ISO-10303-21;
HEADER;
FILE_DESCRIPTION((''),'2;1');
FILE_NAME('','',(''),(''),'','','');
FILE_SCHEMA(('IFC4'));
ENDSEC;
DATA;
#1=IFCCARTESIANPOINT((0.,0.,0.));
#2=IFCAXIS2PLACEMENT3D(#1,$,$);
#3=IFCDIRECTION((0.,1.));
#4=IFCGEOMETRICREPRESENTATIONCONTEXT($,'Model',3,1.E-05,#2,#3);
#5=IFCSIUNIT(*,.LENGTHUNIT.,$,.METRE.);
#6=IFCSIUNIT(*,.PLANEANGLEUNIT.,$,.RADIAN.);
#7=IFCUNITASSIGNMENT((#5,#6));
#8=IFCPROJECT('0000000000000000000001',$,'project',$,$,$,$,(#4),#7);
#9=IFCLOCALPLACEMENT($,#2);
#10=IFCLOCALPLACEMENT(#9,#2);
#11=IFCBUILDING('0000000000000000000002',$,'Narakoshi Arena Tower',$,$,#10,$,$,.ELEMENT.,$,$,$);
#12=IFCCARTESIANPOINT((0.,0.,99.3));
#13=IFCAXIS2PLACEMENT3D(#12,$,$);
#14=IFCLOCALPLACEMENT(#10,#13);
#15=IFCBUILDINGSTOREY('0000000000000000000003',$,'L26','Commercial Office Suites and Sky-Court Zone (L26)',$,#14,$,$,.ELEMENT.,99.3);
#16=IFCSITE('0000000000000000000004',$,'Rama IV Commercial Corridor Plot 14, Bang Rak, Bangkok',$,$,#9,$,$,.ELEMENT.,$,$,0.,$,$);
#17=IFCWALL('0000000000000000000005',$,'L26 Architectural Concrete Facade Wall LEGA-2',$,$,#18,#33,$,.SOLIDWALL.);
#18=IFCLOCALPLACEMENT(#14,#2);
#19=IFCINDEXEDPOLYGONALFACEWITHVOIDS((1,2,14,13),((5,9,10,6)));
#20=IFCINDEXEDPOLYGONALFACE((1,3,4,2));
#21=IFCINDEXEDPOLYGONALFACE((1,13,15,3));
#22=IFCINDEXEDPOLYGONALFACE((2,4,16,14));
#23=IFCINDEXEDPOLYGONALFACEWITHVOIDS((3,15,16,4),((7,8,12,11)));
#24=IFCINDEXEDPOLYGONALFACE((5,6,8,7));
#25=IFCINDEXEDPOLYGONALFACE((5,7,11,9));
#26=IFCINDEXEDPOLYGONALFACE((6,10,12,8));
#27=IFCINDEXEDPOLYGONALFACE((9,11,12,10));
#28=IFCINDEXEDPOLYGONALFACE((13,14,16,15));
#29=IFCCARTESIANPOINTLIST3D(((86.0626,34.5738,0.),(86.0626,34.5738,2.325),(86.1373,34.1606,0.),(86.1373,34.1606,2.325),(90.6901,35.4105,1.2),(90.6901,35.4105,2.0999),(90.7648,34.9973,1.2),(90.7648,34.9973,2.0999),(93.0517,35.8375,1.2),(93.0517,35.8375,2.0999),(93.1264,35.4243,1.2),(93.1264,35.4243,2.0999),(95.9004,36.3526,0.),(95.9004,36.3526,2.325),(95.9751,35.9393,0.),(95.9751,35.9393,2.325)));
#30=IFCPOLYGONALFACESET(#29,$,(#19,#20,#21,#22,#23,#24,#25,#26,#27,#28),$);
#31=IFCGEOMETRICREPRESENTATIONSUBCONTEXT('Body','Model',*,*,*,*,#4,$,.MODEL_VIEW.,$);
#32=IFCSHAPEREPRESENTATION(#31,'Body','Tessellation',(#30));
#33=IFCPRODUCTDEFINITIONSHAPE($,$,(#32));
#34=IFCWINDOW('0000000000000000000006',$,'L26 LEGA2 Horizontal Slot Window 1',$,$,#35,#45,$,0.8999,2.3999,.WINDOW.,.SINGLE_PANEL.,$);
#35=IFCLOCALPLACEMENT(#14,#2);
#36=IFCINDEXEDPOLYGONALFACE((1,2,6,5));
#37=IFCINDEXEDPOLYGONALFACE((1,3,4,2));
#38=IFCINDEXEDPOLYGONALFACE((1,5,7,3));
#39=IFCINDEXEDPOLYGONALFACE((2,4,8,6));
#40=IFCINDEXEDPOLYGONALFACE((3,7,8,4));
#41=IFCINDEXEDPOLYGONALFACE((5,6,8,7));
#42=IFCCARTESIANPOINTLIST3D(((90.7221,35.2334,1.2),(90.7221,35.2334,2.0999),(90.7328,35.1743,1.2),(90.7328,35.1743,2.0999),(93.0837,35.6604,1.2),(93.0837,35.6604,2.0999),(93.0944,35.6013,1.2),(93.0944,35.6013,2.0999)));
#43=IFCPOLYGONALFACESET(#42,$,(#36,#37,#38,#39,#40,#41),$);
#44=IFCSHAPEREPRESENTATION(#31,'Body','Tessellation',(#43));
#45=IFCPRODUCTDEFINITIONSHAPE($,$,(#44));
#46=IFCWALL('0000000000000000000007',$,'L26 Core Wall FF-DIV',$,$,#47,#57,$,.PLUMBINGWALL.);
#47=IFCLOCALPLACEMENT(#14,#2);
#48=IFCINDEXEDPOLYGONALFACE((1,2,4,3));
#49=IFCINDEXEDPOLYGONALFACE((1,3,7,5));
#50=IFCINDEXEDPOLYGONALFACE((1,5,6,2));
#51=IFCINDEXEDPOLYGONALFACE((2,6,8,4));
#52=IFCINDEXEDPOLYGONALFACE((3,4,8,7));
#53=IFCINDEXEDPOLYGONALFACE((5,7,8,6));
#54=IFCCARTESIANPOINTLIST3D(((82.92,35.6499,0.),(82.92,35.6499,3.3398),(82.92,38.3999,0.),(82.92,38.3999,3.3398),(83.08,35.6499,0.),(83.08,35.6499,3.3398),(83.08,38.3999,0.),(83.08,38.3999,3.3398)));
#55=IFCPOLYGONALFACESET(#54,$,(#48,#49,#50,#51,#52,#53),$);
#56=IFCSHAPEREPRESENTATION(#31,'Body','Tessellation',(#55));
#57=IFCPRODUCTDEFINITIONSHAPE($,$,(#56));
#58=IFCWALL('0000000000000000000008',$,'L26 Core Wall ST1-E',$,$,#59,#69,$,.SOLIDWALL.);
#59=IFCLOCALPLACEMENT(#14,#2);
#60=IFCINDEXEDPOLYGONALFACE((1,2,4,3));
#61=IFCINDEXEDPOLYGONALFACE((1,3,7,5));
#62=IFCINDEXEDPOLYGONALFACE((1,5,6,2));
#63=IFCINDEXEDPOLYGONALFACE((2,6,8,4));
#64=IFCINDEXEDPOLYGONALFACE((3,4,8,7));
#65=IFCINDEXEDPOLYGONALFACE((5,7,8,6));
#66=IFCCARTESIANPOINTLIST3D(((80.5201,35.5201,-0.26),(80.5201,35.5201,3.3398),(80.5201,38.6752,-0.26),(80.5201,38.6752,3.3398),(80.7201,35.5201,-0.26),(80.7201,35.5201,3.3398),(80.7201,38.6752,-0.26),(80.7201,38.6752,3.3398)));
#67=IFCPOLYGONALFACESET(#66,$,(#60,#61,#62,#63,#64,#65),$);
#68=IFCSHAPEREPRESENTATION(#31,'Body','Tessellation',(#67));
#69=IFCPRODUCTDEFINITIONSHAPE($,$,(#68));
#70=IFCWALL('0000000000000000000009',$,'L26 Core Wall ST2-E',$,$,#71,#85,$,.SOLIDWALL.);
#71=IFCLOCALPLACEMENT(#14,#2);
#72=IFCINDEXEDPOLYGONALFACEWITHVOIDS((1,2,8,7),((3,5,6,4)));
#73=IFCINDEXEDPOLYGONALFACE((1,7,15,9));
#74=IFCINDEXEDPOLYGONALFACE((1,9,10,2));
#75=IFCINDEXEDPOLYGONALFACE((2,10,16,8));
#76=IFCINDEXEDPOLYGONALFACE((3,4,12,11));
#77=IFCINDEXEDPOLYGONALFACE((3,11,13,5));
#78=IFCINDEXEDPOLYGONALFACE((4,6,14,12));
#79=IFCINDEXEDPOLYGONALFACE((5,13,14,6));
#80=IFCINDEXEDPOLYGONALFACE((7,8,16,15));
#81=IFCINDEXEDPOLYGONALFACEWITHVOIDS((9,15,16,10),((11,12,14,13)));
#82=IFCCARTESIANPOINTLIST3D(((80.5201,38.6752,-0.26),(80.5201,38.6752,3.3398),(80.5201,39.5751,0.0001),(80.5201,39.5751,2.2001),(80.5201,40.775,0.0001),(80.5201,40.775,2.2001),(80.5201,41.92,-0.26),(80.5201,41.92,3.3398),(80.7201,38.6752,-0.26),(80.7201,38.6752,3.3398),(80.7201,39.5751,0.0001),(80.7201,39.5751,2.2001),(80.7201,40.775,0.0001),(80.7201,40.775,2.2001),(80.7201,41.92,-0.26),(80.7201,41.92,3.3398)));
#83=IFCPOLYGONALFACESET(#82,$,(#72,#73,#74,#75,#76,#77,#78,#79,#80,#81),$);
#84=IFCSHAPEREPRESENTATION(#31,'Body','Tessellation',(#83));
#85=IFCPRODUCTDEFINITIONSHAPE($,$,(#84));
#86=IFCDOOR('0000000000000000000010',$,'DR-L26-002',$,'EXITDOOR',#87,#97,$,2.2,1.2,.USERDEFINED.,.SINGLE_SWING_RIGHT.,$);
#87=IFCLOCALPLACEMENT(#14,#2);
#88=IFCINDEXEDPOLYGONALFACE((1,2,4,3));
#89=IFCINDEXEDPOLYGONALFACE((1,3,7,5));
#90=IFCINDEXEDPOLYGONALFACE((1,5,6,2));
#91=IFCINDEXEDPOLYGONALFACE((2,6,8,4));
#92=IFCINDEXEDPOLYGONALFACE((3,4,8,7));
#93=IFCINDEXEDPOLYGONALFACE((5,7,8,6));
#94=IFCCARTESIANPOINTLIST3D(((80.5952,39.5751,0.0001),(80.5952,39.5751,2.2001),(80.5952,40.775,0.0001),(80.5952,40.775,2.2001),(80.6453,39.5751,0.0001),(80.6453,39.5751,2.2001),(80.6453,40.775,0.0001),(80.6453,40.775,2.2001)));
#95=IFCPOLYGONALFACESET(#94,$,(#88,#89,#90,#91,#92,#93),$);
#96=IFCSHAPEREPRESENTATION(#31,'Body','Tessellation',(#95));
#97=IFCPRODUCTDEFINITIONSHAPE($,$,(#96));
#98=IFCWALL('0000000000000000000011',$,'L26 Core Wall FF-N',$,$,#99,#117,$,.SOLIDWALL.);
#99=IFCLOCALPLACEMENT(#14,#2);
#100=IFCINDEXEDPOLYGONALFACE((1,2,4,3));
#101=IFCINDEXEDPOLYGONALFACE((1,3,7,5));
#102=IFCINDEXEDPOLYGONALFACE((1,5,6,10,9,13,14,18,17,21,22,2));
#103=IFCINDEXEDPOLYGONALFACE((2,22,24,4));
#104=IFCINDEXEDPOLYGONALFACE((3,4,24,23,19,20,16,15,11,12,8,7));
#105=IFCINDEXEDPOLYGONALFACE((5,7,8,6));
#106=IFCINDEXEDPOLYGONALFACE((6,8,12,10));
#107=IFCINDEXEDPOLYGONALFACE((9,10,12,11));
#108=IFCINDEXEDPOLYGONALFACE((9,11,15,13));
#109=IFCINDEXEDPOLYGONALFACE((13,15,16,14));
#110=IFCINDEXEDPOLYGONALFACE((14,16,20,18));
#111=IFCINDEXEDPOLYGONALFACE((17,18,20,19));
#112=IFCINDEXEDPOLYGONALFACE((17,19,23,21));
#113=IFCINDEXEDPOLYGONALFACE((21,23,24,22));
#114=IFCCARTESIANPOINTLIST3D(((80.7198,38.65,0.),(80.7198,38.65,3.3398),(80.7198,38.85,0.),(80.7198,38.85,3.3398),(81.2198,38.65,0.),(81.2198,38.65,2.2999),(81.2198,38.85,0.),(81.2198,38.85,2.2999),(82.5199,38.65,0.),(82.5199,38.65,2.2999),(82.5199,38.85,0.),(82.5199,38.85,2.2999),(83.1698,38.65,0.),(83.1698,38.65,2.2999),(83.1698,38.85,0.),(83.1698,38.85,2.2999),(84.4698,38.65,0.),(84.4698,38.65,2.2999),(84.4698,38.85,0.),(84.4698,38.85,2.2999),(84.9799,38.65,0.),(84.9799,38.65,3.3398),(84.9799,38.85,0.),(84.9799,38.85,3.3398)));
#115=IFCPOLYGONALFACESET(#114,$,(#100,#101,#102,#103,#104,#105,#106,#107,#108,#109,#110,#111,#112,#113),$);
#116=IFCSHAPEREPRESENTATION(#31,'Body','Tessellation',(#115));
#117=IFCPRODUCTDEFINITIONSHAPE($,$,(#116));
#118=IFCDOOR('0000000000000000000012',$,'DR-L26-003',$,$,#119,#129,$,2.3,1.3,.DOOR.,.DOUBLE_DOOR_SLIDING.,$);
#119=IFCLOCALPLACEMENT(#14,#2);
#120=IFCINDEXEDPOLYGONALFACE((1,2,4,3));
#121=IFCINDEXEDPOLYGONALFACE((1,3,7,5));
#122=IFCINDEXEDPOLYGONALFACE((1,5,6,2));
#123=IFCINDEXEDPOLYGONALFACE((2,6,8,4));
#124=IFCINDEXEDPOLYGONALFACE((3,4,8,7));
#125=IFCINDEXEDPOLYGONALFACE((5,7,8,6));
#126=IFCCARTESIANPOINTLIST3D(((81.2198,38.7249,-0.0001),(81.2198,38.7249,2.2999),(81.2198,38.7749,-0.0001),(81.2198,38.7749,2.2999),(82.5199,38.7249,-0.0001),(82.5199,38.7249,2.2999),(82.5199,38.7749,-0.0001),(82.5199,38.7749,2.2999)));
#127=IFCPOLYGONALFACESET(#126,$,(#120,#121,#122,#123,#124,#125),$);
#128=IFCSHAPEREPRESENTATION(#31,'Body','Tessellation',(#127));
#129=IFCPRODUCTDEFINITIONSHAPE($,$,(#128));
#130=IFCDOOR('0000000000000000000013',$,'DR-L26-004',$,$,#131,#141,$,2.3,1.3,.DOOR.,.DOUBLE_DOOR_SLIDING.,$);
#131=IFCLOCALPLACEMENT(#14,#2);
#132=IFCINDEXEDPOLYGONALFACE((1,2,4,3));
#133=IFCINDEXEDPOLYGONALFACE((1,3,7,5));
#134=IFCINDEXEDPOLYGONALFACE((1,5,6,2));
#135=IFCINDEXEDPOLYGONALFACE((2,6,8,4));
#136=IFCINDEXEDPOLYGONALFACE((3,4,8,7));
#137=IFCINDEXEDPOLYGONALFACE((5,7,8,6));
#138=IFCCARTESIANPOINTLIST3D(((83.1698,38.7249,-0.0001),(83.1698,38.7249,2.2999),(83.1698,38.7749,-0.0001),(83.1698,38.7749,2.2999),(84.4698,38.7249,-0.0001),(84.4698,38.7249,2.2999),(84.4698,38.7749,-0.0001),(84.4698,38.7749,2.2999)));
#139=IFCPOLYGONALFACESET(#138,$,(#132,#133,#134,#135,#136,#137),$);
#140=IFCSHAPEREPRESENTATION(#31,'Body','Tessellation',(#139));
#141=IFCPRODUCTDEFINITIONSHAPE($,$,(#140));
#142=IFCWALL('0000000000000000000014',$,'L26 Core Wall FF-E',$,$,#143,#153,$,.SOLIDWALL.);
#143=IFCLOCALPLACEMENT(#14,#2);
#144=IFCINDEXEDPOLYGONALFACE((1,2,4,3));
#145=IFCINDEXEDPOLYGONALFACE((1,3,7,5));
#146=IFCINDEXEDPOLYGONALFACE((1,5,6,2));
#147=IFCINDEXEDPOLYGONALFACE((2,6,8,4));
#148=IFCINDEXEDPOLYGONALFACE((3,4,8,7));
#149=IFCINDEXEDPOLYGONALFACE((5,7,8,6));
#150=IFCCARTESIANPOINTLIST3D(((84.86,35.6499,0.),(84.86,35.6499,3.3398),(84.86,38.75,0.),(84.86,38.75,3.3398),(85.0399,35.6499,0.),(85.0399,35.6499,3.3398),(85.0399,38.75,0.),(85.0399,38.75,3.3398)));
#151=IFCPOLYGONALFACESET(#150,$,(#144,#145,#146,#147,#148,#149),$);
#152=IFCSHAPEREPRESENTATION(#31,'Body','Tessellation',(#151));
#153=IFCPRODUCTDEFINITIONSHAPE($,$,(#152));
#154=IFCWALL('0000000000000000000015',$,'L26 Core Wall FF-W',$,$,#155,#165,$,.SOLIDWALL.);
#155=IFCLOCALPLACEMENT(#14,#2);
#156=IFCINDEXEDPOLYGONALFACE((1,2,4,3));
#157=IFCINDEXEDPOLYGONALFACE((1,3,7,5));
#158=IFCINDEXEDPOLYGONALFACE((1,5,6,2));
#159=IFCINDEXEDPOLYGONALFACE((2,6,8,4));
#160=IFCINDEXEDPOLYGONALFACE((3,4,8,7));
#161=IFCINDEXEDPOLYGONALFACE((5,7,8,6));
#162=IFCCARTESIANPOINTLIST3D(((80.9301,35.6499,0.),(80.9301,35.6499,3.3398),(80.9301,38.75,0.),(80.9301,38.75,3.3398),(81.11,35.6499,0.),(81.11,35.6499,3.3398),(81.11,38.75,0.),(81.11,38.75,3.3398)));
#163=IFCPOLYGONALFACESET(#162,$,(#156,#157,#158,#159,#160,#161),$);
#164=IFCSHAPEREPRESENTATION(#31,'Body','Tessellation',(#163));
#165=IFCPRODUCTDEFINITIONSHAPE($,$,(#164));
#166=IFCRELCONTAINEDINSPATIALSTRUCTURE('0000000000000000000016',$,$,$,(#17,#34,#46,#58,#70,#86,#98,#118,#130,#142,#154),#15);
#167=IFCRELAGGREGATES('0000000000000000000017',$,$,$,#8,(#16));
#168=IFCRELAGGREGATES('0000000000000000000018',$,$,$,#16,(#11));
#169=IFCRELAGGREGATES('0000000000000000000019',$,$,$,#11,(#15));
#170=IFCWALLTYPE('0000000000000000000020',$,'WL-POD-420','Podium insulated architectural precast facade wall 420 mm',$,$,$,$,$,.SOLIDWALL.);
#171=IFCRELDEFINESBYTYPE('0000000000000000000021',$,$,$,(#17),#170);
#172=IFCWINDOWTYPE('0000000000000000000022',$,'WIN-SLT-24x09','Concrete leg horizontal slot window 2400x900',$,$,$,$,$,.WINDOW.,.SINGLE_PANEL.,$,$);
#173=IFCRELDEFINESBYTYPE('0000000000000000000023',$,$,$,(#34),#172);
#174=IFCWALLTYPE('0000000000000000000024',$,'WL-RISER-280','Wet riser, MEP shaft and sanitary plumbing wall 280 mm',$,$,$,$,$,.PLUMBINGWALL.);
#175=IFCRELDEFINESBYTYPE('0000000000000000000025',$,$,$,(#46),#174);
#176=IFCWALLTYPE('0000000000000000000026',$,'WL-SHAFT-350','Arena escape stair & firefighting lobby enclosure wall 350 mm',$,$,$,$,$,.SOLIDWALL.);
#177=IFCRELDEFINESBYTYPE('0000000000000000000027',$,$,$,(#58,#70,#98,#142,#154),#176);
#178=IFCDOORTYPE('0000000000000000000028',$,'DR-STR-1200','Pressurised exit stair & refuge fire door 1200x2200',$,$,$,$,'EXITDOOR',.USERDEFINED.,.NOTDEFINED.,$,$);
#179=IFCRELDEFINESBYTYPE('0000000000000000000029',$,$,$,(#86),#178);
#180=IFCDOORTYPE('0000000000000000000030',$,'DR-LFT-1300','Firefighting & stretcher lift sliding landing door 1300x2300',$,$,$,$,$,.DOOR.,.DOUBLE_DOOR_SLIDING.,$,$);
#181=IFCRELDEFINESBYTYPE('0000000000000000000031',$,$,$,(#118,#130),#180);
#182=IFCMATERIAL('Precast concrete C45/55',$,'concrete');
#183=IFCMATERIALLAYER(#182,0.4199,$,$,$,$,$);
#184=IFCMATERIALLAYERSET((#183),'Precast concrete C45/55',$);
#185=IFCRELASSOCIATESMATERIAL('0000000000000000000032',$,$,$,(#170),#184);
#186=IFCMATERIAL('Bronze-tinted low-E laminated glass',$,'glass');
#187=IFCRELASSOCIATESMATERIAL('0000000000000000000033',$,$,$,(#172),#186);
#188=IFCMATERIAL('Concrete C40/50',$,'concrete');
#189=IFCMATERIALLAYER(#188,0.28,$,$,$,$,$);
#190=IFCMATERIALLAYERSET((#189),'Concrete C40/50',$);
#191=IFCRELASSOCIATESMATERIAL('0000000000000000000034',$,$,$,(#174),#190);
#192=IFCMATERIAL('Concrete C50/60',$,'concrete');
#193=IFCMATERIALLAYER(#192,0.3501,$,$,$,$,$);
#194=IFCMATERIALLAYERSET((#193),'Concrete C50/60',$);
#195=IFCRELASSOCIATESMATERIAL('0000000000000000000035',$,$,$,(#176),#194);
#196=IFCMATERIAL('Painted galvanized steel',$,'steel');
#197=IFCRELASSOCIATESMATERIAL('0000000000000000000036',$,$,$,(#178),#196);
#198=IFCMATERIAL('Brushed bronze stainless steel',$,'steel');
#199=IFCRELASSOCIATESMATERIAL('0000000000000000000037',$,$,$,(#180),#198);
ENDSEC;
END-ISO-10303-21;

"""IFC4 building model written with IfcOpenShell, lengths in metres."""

from ifc_helpers import new_model, si_unit, direction, frame, frame_2d, origin, place, context, subcontext, project, spatial, rectangle, extrude, material, layer, layer_set, type_object, element, fill, save


model = new_model("IFC4")

# Units and contexts
model_context = context("Model", 3, precision=1e-05, world=origin(), true_north=direction((0.0, 1.0)))
body_context = subcontext(model_context, "Body", "Model", "MODEL_VIEW")
ifc_project = project(units=[si_unit("LENGTHUNIT", "METRE"), si_unit("PLANEANGLEUNIT", "RADIAN")], contexts=[model_context])

# Site, building, storey
site_placement = place(None, origin())
site = spatial("IfcSite", under=ifc_project, at=site_placement, Name="Rama IV Commercial Corridor Plot 14, Bang Rak, Bangkok", CompositionType="ELEMENT", RefElevation=0.0)
building_placement = place(site_placement, origin())
building = spatial("IfcBuilding", under=site, at=building_placement, Name="Narakoshi Arena Tower", CompositionType="ELEMENT")
storey_placement = place(building_placement, frame((0.0, 0.0, 99.3)))
storey = spatial("IfcBuildingStorey", under=building, at=storey_placement, Name="L26", Description="Commercial Office Suites and Sky-Court Zone (L26)", CompositionType="ELEMENT", Elevation=99.3)

# Wall, opening, window
ifc_material_1 = material(Name="Precast concrete C45/55", Category="concrete")
ifc_layer_1 = layer(ifc_material_1, 0.4199)
ifc_layer_set_1 = layer_set([ifc_layer_1], Name="Precast concrete C45/55")
wall_type_1 = type_object("IfcWallType", Name="WL-POD-420", Description="Podium insulated architectural precast facade wall 420 mm", PredefinedType="SOLIDWALL", material=ifc_layer_set_1)
wall_1_placement = place(storey_placement, frame((86.1001, 34.3672, 0.0), z_axis=(0.0, 0.0, 1.0), x_axis=(0.984044, 0.177927, 0.0)))
wall_1 = element("IfcWall", 1, at=wall_1_placement, inside=storey, type_object=wall_type_1, Name="L26 Architectural Concrete Facade Wall LEGA-2", PredefinedType="SOLIDWALL", context=body_context, shape_type="SweptSolid", body=[
    extrude(rectangle(XDim=9.9973, YDim=0.4199, at=frame_2d((4.9985, 0.0))), origin(), (0.0, 0.0, 1.0), 2.325),
])
opening_1_placement = place(wall_1_placement, frame((4.7024, 0.0, 1.2)))
opening_1 = element("IfcOpeningElement", 2, at=opening_1_placement, cuts=wall_1, PredefinedType="OPENING", context=body_context, shape_type="SweptSolid", body=[
    extrude(rectangle(XDim=2.3999, YDim=0.8999, at=frame_2d((1.2, 0.45))), frame((0.0, 0.22, 0.0), z_axis=(0.0, -1.0, 0.0), x_axis=(1.0, 0.0, 0.0)), (0.0, 0.0, 1.0), 0.4399),
])
ifc_material_2 = material(Name="Bronze-tinted low-E laminated glass", Category="glass")
window_type = type_object("IfcWindowType", Name="WIN-SLT-24x09", Description="Concrete leg horizontal slot window 2400x900", PartitioningType="SINGLE_PANEL", PredefinedType="WINDOW", material=ifc_material_2)
window_placement = place(opening_1_placement, origin())
window = element("IfcWindow", 3, at=window_placement, inside=storey, type_object=window_type, Name="L26 LEGA2 Horizontal Slot Window 1", OverallHeight=0.8999, OverallWidth=2.3999, PartitioningType="SINGLE_PANEL", PredefinedType="WINDOW", context=body_context, shape_type="SweptSolid", body=[
    extrude(rectangle(XDim=2.3999, YDim=0.8999, at=frame_2d((1.2, 0.45))), frame((0.0, 0.03, 0.0), z_axis=(0.0, -1.0, 0.0), x_axis=(1.0, 0.0, 0.0)), (0.0, 0.0, 1.0), 0.0601),
])
fill(opening_1, window)

# Walls
ifc_material_3 = material(Name="Concrete C40/50", Category="concrete")
ifc_layer_2 = layer(ifc_material_3, 0.28)
ifc_layer_set_2 = layer_set([ifc_layer_2], Name="Concrete C40/50")
wall_type_2 = type_object("IfcWallType", Name="WL-RISER-280", Description="Wet riser, MEP shaft and sanitary plumbing wall 280 mm", PredefinedType="PLUMBINGWALL", material=ifc_layer_set_2)
wall_2_placement = place(storey_placement, frame((83.0, 35.6499, 0.0), z_axis=(0.0, 0.0, 1.0), x_axis=(0.0, 1.0, 0.0)))
element("IfcWall", 4, at=wall_2_placement, inside=storey, type_object=wall_type_2, Name="L26 Core Wall FF-DIV", PredefinedType="PLUMBINGWALL", context=body_context, shape_type="SweptSolid", body=[
    extrude(rectangle(XDim=2.75, YDim=0.1599, at=frame_2d((1.375, 0.0))), origin(), (0.0, 0.0, 1.0), 3.3398),
])
ifc_material_4 = material(Name="Concrete C50/60", Category="concrete")
ifc_layer_3 = layer(ifc_material_4, 0.3501)
ifc_layer_set_3 = layer_set([ifc_layer_3], Name="Concrete C50/60")
wall_type_3 = type_object("IfcWallType", Name="WL-SHAFT-350", Description="Arena escape stair & firefighting lobby enclosure wall 350 mm", PredefinedType="SOLIDWALL", material=ifc_layer_set_3)
wall_3_placement = place(storey_placement, frame((80.6201, 35.52, -0.26), z_axis=(0.0, 0.0, 1.0), x_axis=(0.0, 1.0, 0.0)))
element("IfcWall", 5, at=wall_3_placement, inside=storey, type_object=wall_type_3, Name="L26 Core Wall ST1-E", PredefinedType="SOLIDWALL", context=body_context, shape_type="SweptSolid", body=[
    extrude(rectangle(XDim=3.155, YDim=0.2, at=frame_2d((1.5776, 0.0))), origin(), (0.0, 0.0, 1.0), 3.5999),
])

# Wall, opening, door
wall_4_placement = place(storey_placement, frame((80.6201, 38.675, -0.26), z_axis=(0.0, 0.0, 1.0), x_axis=(0.0, 1.0, 0.0)))
wall_4 = element("IfcWall", 6, at=wall_4_placement, inside=storey, type_object=wall_type_3, Name="L26 Core Wall ST2-E", PredefinedType="SOLIDWALL", context=body_context, shape_type="SweptSolid", body=[
    extrude(rectangle(XDim=3.2449, YDim=0.2, at=frame_2d((1.6226, 0.0))), origin(), (0.0, 0.0, 1.0), 3.5999),
])
opening_2_placement = place(wall_4_placement, frame((0.8999, 0.0, 0.26)))
opening_2 = element("IfcOpeningElement", 7, at=opening_2_placement, cuts=wall_4, PredefinedType="OPENING", context=body_context, shape_type="SweptSolid", body=[
    extrude(rectangle(XDim=1.2, YDim=2.2, at=frame_2d((0.6001, 1.1001))), frame((0.0, 0.1099, 0.0), z_axis=(0.0, -1.0, 0.0), x_axis=(1.0, 0.0, 0.0)), (0.0, 0.0, 1.0), 0.22),
])
ifc_material_5 = material(Name="Painted galvanized steel", Category="steel")
door_type_1 = type_object("IfcDoorType", Name="DR-STR-1200", Description="Pressurised exit stair & refuge fire door 1200x2200", ElementType="EXITDOOR", OperationType="NOTDEFINED", PredefinedType="USERDEFINED", material=ifc_material_5)
door_1_placement = place(opening_2_placement, origin())
door_1 = element("IfcDoor", 8, at=door_1_placement, inside=storey, type_object=door_type_1, Name="DR-L26-002", ObjectType="EXITDOOR", OperationType="SINGLE_SWING_RIGHT", OverallHeight=2.2, OverallWidth=1.2, PredefinedType="USERDEFINED", context=body_context, shape_type="SweptSolid", body=[
    extrude(rectangle(XDim=1.2, YDim=2.2, at=frame_2d((0.6001, 1.1001))), frame((0.0, 0.0249, 0.0), z_axis=(0.0, -1.0, 0.0), x_axis=(1.0, 0.0, 0.0)), (0.0, 0.0, 1.0), 0.05),
])
fill(opening_2, door_1)

# Wall, openings, doors
wall_5_placement = place(storey_placement, frame((80.72, 38.75, 0.0), z_axis=(0.0, 0.0, 1.0), x_axis=(1.0, 0.0, 0.0)))
wall_5 = element("IfcWall", 9, at=wall_5_placement, inside=storey, type_object=wall_type_3, Name="L26 Core Wall FF-N", PredefinedType="SOLIDWALL", context=body_context, shape_type="SweptSolid", body=[
    extrude(rectangle(XDim=4.26, YDim=0.2, at=frame_2d((2.1299, 0.0))), origin(), (0.0, 0.0, 1.0), 3.3398),
])
opening_3_placement = place(wall_5_placement, frame((0.5, 0.0, 0.0)))
opening_3 = element("IfcOpeningElement", 10, at=opening_3_placement, cuts=wall_5, PredefinedType="OPENING", context=body_context, shape_type="SweptSolid", body=[
    extrude(rectangle(XDim=1.3, YDim=2.3, at=frame_2d((0.6499, 1.1499))), frame((0.0, 0.1099, 0.0), z_axis=(0.0, -1.0, 0.0), x_axis=(1.0, 0.0, 0.0)), (0.0, 0.0, 1.0), 0.22),
])
opening_4_placement = place(wall_5_placement, frame((2.45, 0.0, 0.0)))
opening_4 = element("IfcOpeningElement", 11, at=opening_4_placement, cuts=wall_5, PredefinedType="OPENING", context=body_context, shape_type="SweptSolid", body=[
    extrude(rectangle(XDim=1.3, YDim=2.3, at=frame_2d((0.6499, 1.1499))), frame((0.0, 0.1099, 0.0), z_axis=(0.0, -1.0, 0.0), x_axis=(1.0, 0.0, 0.0)), (0.0, 0.0, 1.0), 0.22),
])
ifc_material_6 = material(Name="Brushed bronze stainless steel", Category="steel")
door_type_2 = type_object("IfcDoorType", Name="DR-LFT-1300", Description="Firefighting & stretcher lift sliding landing door 1300x2300", OperationType="DOUBLE_DOOR_SLIDING", PredefinedType="DOOR", material=ifc_material_6)
door_2_placement = place(opening_3_placement, origin())
door_2 = element("IfcDoor", 12, at=door_2_placement, inside=storey, type_object=door_type_2, Name="DR-L26-003", OperationType="DOUBLE_DOOR_SLIDING", OverallHeight=2.3, OverallWidth=1.3, PredefinedType="DOOR", context=body_context, shape_type="SweptSolid", body=[
    extrude(rectangle(XDim=1.3, YDim=2.3, at=frame_2d((0.6499, 1.1499))), frame((0.0, 0.0249, 0.0), z_axis=(0.0, -1.0, 0.0), x_axis=(1.0, 0.0, 0.0)), (0.0, 0.0, 1.0), 0.05),
])
fill(opening_3, door_2)
door_3_placement = place(opening_4_placement, origin())
door_3 = element("IfcDoor", 13, at=door_3_placement, inside=storey, type_object=door_type_2, Name="DR-L26-004", OperationType="DOUBLE_DOOR_SLIDING", OverallHeight=2.3, OverallWidth=1.3, PredefinedType="DOOR", context=body_context, shape_type="SweptSolid", body=[
    extrude(rectangle(XDim=1.3, YDim=2.3, at=frame_2d((0.6499, 1.1499))), frame((0.0, 0.0249, 0.0), z_axis=(0.0, -1.0, 0.0), x_axis=(1.0, 0.0, 0.0)), (0.0, 0.0, 1.0), 0.05),
])
fill(opening_4, door_3)

# Walls
for number, where, z_axis, x_axis, name in (
    (14, (84.95, 35.6499, 0.0), (0.0, 0.0, 1.0), (0.0, 1.0, 0.0), "L26 Core Wall FF-E"),
    (15, (81.02, 35.6499, 0.0), (0.0, 0.0, 1.0), (0.0, 1.0, 0.0), "L26 Core Wall FF-W"),
):
    element("IfcWall", number, at=place(storey_placement, frame(where, z_axis=z_axis, x_axis=x_axis)), inside=storey, type_object=wall_type_3, Name=name, PredefinedType="SOLIDWALL", context=body_context, shape_type="SweptSolid", body=[
        extrude(rectangle(XDim=3.1001, YDim=0.1799, at=frame_2d((1.55, 0.0))), origin(), (0.0, 0.0, 1.0), 3.3398),
    ])

save(model, "model.ifc")
